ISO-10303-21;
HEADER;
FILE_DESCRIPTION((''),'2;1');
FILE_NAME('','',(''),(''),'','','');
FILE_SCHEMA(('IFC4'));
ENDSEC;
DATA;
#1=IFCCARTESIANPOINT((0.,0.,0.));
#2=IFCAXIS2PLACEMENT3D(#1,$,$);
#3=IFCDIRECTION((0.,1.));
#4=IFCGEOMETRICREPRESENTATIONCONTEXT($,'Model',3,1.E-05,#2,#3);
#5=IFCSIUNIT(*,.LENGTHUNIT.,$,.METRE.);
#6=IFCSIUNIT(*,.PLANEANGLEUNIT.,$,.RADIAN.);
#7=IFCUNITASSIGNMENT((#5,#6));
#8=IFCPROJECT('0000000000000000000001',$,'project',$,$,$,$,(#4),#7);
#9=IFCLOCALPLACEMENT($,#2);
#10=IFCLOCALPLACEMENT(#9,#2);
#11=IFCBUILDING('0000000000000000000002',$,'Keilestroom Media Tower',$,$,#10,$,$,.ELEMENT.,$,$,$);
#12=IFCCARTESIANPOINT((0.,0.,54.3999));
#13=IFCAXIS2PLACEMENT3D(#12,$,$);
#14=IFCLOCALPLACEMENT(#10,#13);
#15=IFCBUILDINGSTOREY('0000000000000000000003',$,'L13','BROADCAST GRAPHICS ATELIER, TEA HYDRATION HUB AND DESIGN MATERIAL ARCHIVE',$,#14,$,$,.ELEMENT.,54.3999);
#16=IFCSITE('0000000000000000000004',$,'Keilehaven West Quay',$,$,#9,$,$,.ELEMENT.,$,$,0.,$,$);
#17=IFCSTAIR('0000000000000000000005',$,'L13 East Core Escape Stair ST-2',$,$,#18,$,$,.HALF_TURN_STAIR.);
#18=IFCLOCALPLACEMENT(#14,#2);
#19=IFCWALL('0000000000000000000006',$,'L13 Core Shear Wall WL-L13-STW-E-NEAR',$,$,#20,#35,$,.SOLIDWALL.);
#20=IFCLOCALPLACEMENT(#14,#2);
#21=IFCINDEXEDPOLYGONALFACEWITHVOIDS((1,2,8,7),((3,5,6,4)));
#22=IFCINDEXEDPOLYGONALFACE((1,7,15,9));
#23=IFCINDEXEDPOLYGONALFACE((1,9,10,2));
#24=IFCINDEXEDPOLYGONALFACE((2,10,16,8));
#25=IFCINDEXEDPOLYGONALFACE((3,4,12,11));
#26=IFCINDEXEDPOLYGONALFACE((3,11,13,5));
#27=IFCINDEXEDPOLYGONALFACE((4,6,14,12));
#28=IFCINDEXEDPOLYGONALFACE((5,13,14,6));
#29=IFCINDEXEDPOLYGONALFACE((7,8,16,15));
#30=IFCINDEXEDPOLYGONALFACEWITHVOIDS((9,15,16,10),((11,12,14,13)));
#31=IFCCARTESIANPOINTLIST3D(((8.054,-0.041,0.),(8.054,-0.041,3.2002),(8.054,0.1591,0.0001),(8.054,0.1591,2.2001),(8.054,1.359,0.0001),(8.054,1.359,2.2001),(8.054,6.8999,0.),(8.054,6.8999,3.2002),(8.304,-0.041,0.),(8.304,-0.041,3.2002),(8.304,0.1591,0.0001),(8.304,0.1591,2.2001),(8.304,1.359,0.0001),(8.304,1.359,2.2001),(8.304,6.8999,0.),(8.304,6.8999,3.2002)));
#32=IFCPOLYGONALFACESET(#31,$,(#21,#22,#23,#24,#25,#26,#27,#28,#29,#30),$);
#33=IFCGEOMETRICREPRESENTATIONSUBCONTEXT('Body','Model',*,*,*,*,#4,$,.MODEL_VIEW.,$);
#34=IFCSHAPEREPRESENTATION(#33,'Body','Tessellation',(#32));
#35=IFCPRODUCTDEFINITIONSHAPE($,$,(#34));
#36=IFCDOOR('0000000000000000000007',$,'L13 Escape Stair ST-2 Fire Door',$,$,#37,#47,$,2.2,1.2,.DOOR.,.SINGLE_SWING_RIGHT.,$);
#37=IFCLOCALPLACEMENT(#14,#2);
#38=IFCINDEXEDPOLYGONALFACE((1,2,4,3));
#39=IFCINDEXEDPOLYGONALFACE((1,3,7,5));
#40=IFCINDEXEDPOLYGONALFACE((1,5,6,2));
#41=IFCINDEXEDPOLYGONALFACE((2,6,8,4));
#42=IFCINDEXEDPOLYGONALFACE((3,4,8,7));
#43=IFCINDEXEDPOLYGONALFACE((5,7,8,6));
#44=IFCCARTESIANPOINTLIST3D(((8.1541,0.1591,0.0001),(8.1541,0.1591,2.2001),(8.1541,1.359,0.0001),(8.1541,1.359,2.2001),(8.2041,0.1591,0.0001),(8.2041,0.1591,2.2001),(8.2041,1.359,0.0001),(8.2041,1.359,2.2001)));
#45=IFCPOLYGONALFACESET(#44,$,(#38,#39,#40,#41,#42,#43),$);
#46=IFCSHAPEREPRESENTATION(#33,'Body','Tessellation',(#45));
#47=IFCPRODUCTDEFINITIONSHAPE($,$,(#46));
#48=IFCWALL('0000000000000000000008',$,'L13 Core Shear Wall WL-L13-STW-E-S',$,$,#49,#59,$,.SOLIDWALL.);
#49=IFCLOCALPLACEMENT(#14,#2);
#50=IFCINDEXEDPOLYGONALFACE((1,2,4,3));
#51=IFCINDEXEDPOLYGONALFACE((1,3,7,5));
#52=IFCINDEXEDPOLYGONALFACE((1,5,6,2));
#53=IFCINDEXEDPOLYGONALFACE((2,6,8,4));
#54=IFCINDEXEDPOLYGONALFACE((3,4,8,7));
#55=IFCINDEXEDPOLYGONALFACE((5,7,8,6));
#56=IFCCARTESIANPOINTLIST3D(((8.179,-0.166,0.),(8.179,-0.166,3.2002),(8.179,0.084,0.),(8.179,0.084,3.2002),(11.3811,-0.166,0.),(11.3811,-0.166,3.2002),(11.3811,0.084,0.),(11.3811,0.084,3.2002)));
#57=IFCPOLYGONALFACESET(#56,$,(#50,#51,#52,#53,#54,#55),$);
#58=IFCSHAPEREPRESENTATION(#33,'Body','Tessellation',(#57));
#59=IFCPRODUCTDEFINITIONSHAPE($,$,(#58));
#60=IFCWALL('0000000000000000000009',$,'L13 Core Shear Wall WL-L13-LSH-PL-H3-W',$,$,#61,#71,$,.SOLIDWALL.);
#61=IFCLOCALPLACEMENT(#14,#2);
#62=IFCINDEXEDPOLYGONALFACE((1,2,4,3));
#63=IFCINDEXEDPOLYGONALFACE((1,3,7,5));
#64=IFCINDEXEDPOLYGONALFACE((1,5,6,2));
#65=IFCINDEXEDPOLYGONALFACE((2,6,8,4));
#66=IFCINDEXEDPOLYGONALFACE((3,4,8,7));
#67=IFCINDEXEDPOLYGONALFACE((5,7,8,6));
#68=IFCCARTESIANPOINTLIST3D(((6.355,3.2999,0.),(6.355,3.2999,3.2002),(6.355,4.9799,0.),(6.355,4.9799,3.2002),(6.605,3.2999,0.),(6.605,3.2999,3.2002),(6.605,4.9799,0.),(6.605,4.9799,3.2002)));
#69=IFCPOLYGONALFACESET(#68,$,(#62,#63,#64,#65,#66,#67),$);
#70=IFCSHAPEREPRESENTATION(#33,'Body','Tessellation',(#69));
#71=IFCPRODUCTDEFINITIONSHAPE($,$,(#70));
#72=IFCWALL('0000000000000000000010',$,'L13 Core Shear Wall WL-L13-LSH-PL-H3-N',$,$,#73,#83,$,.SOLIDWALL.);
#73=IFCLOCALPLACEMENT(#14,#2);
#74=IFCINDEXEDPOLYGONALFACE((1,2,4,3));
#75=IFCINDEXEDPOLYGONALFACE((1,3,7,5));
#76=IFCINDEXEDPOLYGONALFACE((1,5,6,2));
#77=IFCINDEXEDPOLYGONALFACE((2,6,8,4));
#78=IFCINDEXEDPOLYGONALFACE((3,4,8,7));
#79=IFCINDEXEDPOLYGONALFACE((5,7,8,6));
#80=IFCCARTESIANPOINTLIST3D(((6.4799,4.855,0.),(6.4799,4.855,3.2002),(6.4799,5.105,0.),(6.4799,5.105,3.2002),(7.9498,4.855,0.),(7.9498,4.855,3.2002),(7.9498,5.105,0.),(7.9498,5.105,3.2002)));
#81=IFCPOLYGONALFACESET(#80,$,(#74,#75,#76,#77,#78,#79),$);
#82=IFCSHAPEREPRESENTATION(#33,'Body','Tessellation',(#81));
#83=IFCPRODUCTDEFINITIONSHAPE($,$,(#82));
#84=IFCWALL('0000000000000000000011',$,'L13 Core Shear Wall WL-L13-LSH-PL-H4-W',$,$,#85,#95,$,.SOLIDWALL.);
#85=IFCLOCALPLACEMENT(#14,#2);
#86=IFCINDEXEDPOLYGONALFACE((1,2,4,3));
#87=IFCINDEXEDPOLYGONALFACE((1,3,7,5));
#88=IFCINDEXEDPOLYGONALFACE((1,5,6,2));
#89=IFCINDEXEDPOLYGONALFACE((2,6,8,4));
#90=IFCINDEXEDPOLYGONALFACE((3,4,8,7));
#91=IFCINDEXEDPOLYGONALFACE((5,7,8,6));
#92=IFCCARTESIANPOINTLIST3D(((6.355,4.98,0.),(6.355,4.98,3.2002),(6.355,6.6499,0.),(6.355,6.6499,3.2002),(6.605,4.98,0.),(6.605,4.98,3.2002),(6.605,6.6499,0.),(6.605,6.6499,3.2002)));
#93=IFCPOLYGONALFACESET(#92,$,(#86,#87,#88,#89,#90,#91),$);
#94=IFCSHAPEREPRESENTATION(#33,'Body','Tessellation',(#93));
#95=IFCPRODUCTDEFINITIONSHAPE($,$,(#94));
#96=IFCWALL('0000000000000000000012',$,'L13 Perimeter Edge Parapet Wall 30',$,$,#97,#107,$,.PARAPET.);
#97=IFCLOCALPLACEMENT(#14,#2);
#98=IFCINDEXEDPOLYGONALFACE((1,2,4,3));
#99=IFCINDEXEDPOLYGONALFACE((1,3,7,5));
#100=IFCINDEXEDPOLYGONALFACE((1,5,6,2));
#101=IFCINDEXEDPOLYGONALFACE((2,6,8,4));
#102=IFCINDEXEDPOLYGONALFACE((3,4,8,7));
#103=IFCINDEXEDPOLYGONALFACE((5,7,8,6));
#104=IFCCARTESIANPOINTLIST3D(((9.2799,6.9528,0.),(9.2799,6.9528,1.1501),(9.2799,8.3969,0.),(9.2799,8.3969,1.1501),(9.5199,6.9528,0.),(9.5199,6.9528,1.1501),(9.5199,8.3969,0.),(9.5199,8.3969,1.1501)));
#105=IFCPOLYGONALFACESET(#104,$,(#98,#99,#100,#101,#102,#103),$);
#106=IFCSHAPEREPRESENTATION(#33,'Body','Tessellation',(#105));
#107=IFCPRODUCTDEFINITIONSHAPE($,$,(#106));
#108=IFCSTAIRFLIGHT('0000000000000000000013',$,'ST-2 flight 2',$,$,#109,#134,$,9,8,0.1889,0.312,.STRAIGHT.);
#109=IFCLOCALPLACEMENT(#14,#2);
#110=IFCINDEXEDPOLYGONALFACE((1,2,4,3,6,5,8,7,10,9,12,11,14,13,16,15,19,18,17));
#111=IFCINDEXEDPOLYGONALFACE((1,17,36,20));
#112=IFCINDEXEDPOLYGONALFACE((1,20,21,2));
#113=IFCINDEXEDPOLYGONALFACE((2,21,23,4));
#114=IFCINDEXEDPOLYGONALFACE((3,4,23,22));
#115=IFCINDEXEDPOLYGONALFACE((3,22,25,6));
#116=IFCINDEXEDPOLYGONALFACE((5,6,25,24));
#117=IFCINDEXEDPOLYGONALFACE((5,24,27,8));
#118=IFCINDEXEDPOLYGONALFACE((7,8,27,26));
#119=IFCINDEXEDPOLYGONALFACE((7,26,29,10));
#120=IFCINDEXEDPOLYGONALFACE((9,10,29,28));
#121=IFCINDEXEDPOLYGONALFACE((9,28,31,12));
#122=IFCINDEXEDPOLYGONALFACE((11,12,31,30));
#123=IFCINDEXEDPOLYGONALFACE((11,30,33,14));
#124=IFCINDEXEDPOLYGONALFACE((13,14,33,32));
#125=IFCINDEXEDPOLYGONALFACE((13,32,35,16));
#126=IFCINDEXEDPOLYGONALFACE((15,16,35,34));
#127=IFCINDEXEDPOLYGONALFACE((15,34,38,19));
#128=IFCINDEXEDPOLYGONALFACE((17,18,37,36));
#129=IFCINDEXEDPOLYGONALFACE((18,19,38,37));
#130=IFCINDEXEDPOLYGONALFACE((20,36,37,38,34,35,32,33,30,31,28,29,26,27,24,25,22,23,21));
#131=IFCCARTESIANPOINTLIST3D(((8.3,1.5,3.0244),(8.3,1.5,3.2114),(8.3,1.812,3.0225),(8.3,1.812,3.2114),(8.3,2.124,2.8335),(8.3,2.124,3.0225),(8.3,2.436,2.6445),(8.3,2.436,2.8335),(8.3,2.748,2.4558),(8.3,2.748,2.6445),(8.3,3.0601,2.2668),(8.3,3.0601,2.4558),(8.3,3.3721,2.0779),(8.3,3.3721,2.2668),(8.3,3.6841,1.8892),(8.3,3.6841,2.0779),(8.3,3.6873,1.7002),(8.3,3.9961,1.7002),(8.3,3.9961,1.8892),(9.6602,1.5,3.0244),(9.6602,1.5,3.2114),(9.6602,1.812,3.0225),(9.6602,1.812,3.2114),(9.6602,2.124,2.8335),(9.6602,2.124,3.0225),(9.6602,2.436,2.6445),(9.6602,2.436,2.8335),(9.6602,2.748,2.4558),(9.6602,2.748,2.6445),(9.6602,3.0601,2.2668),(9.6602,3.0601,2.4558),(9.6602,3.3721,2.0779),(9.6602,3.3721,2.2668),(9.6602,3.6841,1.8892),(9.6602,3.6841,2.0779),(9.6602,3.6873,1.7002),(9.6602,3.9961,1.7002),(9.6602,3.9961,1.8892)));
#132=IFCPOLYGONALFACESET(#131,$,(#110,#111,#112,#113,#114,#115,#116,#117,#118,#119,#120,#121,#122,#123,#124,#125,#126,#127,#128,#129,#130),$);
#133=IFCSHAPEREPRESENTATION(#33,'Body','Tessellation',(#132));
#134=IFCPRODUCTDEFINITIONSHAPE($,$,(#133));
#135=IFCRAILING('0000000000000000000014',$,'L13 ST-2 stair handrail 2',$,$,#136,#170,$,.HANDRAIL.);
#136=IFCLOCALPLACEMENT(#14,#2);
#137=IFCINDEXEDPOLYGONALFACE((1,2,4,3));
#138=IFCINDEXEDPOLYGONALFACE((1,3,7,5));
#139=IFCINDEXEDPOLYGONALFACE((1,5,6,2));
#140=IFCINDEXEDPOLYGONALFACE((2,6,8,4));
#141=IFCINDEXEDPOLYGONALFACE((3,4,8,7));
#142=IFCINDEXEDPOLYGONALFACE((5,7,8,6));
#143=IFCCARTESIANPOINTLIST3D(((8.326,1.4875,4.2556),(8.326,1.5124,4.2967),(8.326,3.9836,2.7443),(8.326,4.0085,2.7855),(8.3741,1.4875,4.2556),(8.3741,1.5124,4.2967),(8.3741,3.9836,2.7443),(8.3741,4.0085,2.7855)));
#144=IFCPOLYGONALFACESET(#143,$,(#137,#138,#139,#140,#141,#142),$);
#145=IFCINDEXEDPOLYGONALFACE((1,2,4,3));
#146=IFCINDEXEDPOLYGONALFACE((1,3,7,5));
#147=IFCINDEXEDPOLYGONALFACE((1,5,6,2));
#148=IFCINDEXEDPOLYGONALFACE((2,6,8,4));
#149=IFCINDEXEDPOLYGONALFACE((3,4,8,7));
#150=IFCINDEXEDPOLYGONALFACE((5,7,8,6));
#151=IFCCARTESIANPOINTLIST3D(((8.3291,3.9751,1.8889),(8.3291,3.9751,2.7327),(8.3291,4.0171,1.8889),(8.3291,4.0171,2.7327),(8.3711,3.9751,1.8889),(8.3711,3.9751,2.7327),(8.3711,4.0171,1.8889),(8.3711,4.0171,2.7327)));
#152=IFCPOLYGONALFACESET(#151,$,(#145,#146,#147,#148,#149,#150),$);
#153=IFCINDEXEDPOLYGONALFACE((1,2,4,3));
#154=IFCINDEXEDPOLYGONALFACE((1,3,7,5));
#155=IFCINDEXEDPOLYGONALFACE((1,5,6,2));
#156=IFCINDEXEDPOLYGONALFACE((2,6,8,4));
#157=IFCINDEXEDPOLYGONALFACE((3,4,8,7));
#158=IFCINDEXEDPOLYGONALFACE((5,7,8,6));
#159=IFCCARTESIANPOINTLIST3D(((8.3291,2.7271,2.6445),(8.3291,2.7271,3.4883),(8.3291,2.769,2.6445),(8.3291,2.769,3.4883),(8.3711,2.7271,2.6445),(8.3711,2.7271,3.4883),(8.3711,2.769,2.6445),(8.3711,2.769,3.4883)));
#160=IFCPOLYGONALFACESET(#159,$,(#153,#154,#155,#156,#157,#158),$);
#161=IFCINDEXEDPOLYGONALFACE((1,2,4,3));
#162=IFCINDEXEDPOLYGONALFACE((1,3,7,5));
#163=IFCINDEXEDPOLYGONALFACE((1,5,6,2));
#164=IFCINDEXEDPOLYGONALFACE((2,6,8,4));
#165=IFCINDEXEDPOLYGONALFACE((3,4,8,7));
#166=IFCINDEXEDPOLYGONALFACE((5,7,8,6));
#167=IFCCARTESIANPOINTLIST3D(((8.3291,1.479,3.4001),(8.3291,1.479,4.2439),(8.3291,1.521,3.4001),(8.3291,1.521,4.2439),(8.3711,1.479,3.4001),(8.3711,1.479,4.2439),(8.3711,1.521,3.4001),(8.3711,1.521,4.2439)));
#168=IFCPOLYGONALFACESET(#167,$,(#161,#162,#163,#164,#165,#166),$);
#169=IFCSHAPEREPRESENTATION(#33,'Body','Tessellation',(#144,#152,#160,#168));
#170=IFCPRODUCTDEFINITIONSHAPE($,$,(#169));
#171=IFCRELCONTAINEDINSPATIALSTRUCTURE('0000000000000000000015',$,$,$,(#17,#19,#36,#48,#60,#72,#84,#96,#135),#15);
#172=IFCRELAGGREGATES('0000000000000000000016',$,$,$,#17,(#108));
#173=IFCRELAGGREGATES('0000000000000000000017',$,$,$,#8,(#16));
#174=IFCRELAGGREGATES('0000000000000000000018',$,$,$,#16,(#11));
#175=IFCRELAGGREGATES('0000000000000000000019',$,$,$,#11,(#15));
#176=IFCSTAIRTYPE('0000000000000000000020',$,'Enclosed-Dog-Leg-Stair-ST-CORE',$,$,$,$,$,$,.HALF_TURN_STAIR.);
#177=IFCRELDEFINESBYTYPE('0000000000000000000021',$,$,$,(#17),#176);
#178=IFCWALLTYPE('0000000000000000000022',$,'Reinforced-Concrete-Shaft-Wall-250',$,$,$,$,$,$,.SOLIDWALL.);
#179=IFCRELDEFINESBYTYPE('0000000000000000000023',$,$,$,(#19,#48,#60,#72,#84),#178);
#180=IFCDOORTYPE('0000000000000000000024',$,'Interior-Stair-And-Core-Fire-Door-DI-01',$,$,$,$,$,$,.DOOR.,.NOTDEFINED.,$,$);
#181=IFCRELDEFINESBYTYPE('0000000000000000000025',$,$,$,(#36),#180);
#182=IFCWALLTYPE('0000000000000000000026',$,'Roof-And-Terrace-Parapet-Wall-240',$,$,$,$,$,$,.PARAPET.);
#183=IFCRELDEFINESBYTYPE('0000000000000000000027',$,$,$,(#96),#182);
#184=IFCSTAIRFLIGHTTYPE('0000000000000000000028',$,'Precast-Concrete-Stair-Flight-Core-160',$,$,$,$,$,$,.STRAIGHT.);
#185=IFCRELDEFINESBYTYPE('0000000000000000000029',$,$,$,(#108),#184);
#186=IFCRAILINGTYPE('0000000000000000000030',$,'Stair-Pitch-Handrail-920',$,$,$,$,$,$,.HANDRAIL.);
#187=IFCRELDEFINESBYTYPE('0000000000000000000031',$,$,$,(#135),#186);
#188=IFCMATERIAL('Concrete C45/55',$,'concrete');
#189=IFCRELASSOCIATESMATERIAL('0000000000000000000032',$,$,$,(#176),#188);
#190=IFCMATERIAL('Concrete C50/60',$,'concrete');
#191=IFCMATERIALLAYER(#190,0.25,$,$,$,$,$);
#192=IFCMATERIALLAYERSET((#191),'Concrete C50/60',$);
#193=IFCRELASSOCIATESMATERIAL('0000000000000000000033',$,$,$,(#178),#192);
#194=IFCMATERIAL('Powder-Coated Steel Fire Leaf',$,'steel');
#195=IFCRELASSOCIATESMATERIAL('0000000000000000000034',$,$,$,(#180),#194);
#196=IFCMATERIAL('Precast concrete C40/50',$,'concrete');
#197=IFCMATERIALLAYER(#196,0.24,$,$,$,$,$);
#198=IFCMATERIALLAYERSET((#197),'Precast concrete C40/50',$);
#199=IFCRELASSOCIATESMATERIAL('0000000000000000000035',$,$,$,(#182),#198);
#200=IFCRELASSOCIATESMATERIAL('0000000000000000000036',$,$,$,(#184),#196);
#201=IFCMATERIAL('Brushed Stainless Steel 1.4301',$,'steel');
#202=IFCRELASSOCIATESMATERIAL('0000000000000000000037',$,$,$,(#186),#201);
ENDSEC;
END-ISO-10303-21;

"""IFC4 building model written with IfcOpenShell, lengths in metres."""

from ifc_helpers import new_model, si_unit, direction, frame, frame_2d, origin, origin_2d, place, context, subcontext, project, spatial, polyline, rectangle, outline, extrude, source, transform, mapped, material, layer, layer_set, type_object, element, fill, aggregate, save


model = new_model("IFC4")

# Units and contexts
model_context = context("Model", 3, precision=1e-05, world=origin(), true_north=direction((0.0, 1.0)))
body_context = subcontext(model_context, "Body", "Model", "MODEL_VIEW")
ifc_project = project(units=[si_unit("LENGTHUNIT", "METRE"), si_unit("PLANEANGLEUNIT", "RADIAN")], contexts=[model_context])

# Site, building, storey
site_placement = place(None, origin())
site = spatial("IfcSite", under=ifc_project, at=site_placement, Name="Keilehaven West Quay", CompositionType="ELEMENT", RefElevation=0.0)
building_placement = place(site_placement, origin())
building = spatial("IfcBuilding", under=site, at=building_placement, Name="Keilestroom Media Tower", CompositionType="ELEMENT")
storey_placement = place(building_placement, frame((0.0, 0.0, 54.3999)))
storey = spatial("IfcBuildingStorey", under=building, at=storey_placement, Name="L13", Description="BROADCAST GRAPHICS ATELIER, TEA HYDRATION HUB AND DESIGN MATERIAL ARCHIVE", CompositionType="ELEMENT", Elevation=54.3999)

# Stair
ifc_material_1 = material(Name="Concrete C45/55", Category="concrete")
stair_type = type_object("IfcStairType", Name="Enclosed-Dog-Leg-Stair-ST-CORE", PredefinedType="HALF_TURN_STAIR", material=ifc_material_1)
stair_1_placement = place(storey_placement, origin())
stair_1 = element("IfcStair", 1, at=stair_1_placement, inside=storey, type_object=stair_type, Name="L13 East Core Escape Stair ST-2", PredefinedType="HALF_TURN_STAIR")

# Shared definitions
ifc_material_2 = material(Name="Concrete C50/60", Category="concrete")
ifc_layer_1 = layer(ifc_material_2, 0.25)
ifc_layer_set_1 = layer_set([ifc_layer_1], Name="Concrete C50/60")
wall_type_1 = type_object("IfcWallType", Name="Reinforced-Concrete-Shaft-Wall-250", PredefinedType="SOLIDWALL", material=ifc_layer_set_1)

# Wall, opening, door
wall_1_placement = place(storey_placement, frame((8.179, -0.041, 0.0), z_axis=(0.0, 0.0, 1.0), x_axis=(0.0, 1.0, 0.0)))
wall_1 = element("IfcWall", 2, at=wall_1_placement, inside=storey, type_object=wall_type_1, Name="L13 Core Shear Wall WL-L13-STW-E-NEAR", PredefinedType="SOLIDWALL", context=body_context, shape_type="SweptSolid", body=[
    extrude(rectangle(XDim=6.9409, YDim=0.25, at=frame_2d((3.4705, 0.0))), origin(), (0.0, 0.0, 1.0), 3.2002),
])
opening_placement = place(wall_1_placement, frame((0.2, 0.0, 0.0)))
opening = element("IfcOpeningElement", 3, at=opening_placement, cuts=wall_1, PredefinedType="OPENING", context=body_context, shape_type="SweptSolid", body=[
    extrude(rectangle(XDim=1.2, YDim=2.2, at=frame_2d((0.6001, 1.1001))), frame((0.0, 0.135, 0.0), z_axis=(0.0, -1.0, 0.0), x_axis=(1.0, 0.0, 0.0)), (0.0, 0.0, 1.0), 0.27),
])
ifc_material_3 = material(Name="Powder-Coated Steel Fire Leaf", Category="steel")
door_type = type_object("IfcDoorType", Name="Interior-Stair-And-Core-Fire-Door-DI-01", OperationType="NOTDEFINED", PredefinedType="DOOR", material=ifc_material_3)
shared_shape_1 = source(origin(), body_context, "Body", "SweptSolid", [
    extrude(rectangle(XDim=1.2, YDim=2.2, at=frame_2d((0.6001, 1.1001))), frame((0.0, 0.0249, 0.0), z_axis=(0.0, -1.0, 0.0), x_axis=(1.0, 0.0, 0.0)), (0.0, 0.0, 1.0), 0.05),
])
door_placement = place(opening_placement, origin())
door = element("IfcDoor", 4, at=door_placement, inside=storey, type_object=door_type, Name="L13 Escape Stair ST-2 Fire Door", OperationType="SINGLE_SWING_RIGHT", OverallHeight=2.2, OverallWidth=1.2, PredefinedType="DOOR", context=body_context, shape_type="MappedRepresentation", body=[
    mapped(shared_shape_1, transform((0.0, 0.0, 0.0), x_axis=(1.0, 0.0, 0.0), y_axis=(0.0, 1.0, 0.0), z_axis=(0.0, 0.0, 1.0), scale=1.0)),
])
fill(opening, door)

# Walls
wall_2_placement = place(storey_placement, frame((8.179, -0.041, 0.0), z_axis=(0.0, 0.0, 1.0), x_axis=(1.0, 0.0, 0.0)))
element("IfcWall", 5, at=wall_2_placement, inside=storey, type_object=wall_type_1, Name="L13 Core Shear Wall WL-L13-STW-E-S", PredefinedType="SOLIDWALL", context=body_context, shape_type="SweptSolid", body=[
    extrude(rectangle(XDim=3.2021, YDim=0.25, at=frame_2d((1.6011, 0.0))), origin(), (0.0, 0.0, 1.0), 3.2002),
])
wall_3_placement = place(storey_placement, frame((6.48, 3.3, 0.0), z_axis=(0.0, 0.0, 1.0), x_axis=(0.0, 1.0, 0.0)))
element("IfcWall", 6, at=wall_3_placement, inside=storey, type_object=wall_type_1, Name="L13 Core Shear Wall WL-L13-LSH-PL-H3-W", PredefinedType="SOLIDWALL", context=body_context, shape_type="SweptSolid", body=[
    extrude(rectangle(XDim=1.6799, YDim=0.25, at=frame_2d((0.8398, 0.0))), origin(), (0.0, 0.0, 1.0), 3.2002),
])
wall_4_placement = place(storey_placement, frame((6.48, 4.98, 0.0), z_axis=(0.0, 0.0, 1.0), x_axis=(1.0, 0.0, 0.0)))
element("IfcWall", 7, at=wall_4_placement, inside=storey, type_object=wall_type_1, Name="L13 Core Shear Wall WL-L13-LSH-PL-H3-N", PredefinedType="SOLIDWALL", context=body_context, shape_type="SweptSolid", body=[
    extrude(rectangle(XDim=1.47, YDim=0.25, at=frame_2d((0.7349, 0.0))), origin(), (0.0, 0.0, 1.0), 3.2002),
])
wall_5_placement = place(storey_placement, frame((6.48, 4.98, 0.0), z_axis=(0.0, 0.0, 1.0), x_axis=(0.0, 1.0, 0.0)))
element("IfcWall", 8, at=wall_5_placement, inside=storey, type_object=wall_type_1, Name="L13 Core Shear Wall WL-L13-LSH-PL-H4-W", PredefinedType="SOLIDWALL", context=body_context, shape_type="SweptSolid", body=[
    extrude(rectangle(XDim=1.6699, YDim=0.25, at=frame_2d((0.835, 0.0))), origin(), (0.0, 0.0, 1.0), 3.2002),
])
ifc_material_4 = material(Name="Precast concrete C40/50", Category="concrete")
ifc_layer_2 = layer(ifc_material_4, 0.24)
ifc_layer_set_2 = layer_set([ifc_layer_2], Name="Precast concrete C40/50")
wall_type_2 = type_object("IfcWallType", Name="Roof-And-Terrace-Parapet-Wall-240", PredefinedType="PARAPET", material=ifc_layer_set_2)
wall_6_placement = place(storey_placement, frame((9.3999, 8.397, 0.0), z_axis=(0.0, 0.0, 1.0), x_axis=(0.0, -1.0, 0.0)))
element("IfcWall", 9, at=wall_6_placement, inside=storey, type_object=wall_type_2, Name="L13 Perimeter Edge Parapet Wall 30", PredefinedType="PARAPET", context=body_context, shape_type="SweptSolid", body=[
    extrude(rectangle(XDim=1.4441, YDim=0.24, at=frame_2d((0.7222, 0.0))), origin(), (0.0, 0.0, 1.0), 1.1501),
])

# Stair flight
stair_flight_type = type_object("IfcStairFlightType", Name="Precast-Concrete-Stair-Flight-Core-160", PredefinedType="STRAIGHT", material=ifc_material_4)
stair_flight_placement = place(storey_placement, frame((8.98, 3.9961, 1.7002), z_axis=(0.0, 0.0, 1.0), x_axis=(0.0, -1.0, 0.0)))
stair_flight = element("IfcStairFlight", 10, at=stair_flight_placement, type_object=stair_flight_type, Name="ST-2 flight 2", NumberOfRisers=9, NumberOfTreads=8, PredefinedType="STRAIGHT", RiserHeight=0.1889, TreadLength=0.312, context=body_context, shape_type="SweptSolid", body=[
    extrude(outline(polyline([(0.0, 0.0), (0.0, 0.189), (0.312, 0.189), (0.312, 0.3777), (0.624, 0.3777), (0.624, 0.5667), (0.936, 0.5667), (0.936, 0.7556), (1.248, 0.7556), (1.248, 0.9443), (1.5601, 0.9443), (1.5601, 1.1333), (1.8721, 1.1333), (1.8721, 1.3223), (2.1841, 1.3223), (2.1841, 1.5112), (2.4961, 1.5112), (2.4961, 1.7), (2.4961, 1.3242), (0.3088, 0.0), (0.0, 0.0)])), frame((0.0, 0.6802, 0.0), z_axis=(0.0, -1.0, 0.0), x_axis=(1.0, 0.0, 0.0)), (0.0, 0.0, 1.0), 1.3601),
])
aggregate(stair_1, [stair_flight])

# Railing
ifc_material_5 = material(Name="Brushed Stainless Steel 1.4301", Category="steel")
railing_type_1 = type_object("IfcRailingType", Name="Stair-Pitch-Handrail-920", PredefinedType="HANDRAIL", material=ifc_material_5)
railing_1_placement = place(storey_placement, frame((8.3501, 3.9961, 1.8889)))
element("IfcRailing", 11, at=railing_1_placement, inside=storey, type_object=railing_type_1, Name="L13 ST-2 stair handrail 2", PredefinedType="HANDRAIL", context=body_context, shape_type="SweptSolid", body=[
    extrude(rectangle(XDim=0.0481, YDim=0.0481, at=origin_2d()), frame((0.0, 0.0, 0.876), z_axis=(0.0, -0.855434, 0.517912), x_axis=(1.0, 0.0, 0.0)), (0.0, 0.0, 1.0), 2.918),
    extrude(rectangle(XDim=0.042, YDim=0.042, at=origin_2d()), origin(), (0.0, 0.0, 1.0), 0.8438),
    extrude(rectangle(XDim=0.042, YDim=0.042, at=origin_2d()), frame((0.0, -1.248, 0.7556)), (0.0, 0.0, 1.0), 0.8438),
    extrude(rectangle(XDim=0.042, YDim=0.042, at=origin_2d()), frame((0.0, -2.4961, 1.5112)), (0.0, 0.0, 1.0), 0.8438),
])

save(model, "model.ifc")
